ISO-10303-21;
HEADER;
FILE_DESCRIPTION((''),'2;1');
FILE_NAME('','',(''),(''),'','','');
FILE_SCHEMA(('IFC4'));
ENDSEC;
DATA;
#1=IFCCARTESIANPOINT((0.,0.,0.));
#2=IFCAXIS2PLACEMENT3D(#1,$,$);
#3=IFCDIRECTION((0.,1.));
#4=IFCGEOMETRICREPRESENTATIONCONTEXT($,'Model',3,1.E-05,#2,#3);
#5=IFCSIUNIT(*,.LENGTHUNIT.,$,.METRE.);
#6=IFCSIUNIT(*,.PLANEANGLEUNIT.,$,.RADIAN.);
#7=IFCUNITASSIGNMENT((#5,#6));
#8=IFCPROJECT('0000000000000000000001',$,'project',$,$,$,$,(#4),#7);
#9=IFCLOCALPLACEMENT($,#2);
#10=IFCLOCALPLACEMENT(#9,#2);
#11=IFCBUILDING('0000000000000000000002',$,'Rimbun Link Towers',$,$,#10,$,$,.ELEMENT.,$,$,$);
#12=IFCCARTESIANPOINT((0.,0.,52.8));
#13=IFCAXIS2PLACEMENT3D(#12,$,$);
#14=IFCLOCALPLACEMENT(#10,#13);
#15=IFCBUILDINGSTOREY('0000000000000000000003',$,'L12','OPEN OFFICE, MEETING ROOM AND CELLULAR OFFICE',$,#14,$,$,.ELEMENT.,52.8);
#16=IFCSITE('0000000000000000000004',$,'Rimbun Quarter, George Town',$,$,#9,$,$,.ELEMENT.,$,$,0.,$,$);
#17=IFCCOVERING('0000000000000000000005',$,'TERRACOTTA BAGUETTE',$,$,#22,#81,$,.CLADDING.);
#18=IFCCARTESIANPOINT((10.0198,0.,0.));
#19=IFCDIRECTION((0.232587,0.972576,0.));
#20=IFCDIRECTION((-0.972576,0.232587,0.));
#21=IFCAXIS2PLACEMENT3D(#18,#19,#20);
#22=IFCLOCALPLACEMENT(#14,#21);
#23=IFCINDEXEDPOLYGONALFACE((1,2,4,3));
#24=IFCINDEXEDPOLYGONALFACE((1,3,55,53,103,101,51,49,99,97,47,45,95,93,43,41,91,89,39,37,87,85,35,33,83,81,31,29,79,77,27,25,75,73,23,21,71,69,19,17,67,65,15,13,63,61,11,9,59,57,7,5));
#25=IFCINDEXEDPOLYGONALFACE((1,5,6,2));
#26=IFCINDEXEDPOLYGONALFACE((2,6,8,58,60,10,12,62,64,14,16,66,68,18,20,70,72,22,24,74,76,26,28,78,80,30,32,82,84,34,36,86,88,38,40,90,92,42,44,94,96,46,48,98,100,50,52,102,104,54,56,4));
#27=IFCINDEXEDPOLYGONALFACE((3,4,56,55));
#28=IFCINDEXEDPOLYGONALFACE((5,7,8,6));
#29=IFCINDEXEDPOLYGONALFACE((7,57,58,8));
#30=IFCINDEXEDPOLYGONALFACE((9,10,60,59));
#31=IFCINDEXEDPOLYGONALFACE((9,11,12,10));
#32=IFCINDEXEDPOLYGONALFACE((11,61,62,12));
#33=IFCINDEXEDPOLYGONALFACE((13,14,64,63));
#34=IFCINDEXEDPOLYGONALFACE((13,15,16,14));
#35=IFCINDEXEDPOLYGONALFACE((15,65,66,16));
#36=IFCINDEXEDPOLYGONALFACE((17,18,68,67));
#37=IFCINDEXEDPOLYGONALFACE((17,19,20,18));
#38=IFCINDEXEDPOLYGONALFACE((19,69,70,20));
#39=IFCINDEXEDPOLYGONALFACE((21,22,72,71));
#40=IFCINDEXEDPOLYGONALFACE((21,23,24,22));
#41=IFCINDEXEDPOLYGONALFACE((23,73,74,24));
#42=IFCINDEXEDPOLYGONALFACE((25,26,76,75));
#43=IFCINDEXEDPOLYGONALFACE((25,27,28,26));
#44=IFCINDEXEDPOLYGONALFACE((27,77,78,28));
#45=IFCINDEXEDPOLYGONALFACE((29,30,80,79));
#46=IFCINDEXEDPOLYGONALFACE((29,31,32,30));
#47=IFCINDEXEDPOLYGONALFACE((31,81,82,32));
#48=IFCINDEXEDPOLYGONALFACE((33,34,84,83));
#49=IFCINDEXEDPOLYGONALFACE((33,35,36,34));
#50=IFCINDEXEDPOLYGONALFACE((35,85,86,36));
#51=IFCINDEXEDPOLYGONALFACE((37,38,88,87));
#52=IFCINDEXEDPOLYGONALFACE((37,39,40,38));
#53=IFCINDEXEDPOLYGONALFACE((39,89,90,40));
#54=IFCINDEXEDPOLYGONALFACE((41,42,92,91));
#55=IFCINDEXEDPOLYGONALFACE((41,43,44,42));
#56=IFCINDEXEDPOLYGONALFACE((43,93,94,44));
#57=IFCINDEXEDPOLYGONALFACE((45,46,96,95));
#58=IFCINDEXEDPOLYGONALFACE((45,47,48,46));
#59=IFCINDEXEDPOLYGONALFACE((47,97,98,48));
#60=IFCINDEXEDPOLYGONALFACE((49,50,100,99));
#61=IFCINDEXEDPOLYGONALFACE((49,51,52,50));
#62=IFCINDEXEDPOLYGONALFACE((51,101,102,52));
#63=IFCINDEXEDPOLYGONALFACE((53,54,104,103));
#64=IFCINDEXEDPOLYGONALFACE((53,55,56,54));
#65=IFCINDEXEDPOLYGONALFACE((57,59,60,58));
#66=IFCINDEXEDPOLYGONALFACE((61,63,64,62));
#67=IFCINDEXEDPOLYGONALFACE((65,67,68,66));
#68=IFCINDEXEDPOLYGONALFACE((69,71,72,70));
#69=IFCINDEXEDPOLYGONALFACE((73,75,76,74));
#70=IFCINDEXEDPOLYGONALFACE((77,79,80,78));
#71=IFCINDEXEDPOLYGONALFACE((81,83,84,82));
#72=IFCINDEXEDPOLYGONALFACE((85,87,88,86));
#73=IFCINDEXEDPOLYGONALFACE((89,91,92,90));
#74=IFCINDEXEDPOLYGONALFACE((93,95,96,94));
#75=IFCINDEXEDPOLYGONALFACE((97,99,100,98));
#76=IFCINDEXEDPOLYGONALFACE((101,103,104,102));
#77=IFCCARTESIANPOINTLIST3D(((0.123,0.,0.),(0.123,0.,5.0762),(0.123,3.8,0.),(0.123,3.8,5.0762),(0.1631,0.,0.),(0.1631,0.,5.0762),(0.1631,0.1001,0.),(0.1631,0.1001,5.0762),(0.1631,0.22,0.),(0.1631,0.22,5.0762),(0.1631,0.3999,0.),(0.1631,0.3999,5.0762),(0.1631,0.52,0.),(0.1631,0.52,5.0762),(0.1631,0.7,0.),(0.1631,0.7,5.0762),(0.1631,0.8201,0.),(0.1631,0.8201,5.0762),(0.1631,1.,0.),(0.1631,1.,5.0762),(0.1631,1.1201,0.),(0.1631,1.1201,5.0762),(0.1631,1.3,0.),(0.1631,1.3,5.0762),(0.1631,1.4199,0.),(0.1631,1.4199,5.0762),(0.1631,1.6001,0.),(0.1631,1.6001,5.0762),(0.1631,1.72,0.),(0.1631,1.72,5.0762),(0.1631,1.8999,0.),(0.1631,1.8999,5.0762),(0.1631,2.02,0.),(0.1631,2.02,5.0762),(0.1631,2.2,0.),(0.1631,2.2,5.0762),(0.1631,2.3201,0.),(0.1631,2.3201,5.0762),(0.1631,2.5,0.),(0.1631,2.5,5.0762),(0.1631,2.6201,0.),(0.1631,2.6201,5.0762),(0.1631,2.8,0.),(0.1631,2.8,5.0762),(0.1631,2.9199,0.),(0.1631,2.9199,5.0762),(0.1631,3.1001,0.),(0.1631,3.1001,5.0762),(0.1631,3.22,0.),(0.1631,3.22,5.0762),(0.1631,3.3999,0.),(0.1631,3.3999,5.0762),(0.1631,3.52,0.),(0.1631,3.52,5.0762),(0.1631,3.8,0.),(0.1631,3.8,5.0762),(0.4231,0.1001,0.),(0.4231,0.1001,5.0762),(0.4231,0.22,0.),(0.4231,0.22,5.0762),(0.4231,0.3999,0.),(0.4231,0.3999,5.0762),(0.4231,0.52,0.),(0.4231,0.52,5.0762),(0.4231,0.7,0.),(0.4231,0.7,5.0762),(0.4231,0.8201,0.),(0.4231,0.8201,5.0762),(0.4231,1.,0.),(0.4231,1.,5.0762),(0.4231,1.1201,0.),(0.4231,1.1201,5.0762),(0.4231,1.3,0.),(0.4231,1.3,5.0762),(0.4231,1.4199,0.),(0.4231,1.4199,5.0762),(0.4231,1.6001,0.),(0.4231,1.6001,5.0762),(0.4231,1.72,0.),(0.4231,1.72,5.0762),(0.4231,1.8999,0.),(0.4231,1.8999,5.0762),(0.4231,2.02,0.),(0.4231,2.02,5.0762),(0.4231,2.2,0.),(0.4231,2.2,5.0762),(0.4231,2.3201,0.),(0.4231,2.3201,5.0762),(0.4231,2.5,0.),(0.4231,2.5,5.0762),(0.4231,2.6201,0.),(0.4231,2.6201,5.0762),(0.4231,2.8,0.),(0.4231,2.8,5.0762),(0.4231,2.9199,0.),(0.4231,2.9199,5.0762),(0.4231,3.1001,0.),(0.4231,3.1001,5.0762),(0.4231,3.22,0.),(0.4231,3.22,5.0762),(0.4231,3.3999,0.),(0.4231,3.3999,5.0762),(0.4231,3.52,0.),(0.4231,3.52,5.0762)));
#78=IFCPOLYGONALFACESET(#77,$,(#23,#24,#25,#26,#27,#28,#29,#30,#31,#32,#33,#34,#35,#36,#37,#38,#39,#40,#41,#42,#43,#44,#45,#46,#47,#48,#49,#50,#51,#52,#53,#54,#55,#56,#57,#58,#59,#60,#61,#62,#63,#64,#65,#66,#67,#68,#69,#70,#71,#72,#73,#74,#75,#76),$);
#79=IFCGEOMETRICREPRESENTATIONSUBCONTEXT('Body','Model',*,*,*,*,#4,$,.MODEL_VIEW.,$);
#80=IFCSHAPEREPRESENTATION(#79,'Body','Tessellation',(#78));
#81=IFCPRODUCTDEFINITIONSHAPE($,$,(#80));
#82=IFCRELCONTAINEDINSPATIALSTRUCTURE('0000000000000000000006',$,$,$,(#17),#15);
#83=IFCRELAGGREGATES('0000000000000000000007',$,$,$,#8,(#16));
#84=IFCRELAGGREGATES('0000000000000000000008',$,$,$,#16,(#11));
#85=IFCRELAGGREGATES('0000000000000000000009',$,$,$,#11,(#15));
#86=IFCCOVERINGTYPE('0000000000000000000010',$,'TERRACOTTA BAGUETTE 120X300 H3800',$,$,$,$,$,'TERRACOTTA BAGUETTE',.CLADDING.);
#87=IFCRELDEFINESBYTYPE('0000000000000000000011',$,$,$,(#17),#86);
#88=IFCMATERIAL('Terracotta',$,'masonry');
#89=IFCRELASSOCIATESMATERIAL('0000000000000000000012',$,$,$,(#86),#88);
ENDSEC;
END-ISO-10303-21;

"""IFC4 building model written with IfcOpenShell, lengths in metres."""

from ifc_helpers import new_model, si_unit, direction, frame, origin, place, context, subcontext, project, spatial, polyline, outline, extrude, material, material_profile, profile_set, type_object, element, save


model = new_model("IFC4")

# Units and contexts
model_context = context("Model", 3, precision=1e-05, world=origin(), true_north=direction((0.0, 1.0)))
body_context = subcontext(model_context, "Body", "Model", "MODEL_VIEW")
ifc_project = project(units=[si_unit("LENGTHUNIT", "METRE"), si_unit("PLANEANGLEUNIT", "RADIAN")], contexts=[model_context])

# Site, building, storey
site_placement = place(None, origin())
site = spatial("IfcSite", under=ifc_project, at=site_placement, Name="Rimbun Quarter, George Town", CompositionType="ELEMENT", RefElevation=0.0)
building_placement = place(site_placement, origin())
building = spatial("IfcBuilding", under=site, at=building_placement, Name="Rimbun Link Towers", CompositionType="ELEMENT")
storey_placement = place(building_placement, frame((0.0, 0.0, 52.8)))
storey = spatial("IfcBuildingStorey", under=building, at=storey_placement, Name="L12", Description="OPEN OFFICE, MEETING ROOM AND CELLULAR OFFICE", CompositionType="ELEMENT", Elevation=52.8)

# Covering
ifc_material_1 = material(Name="Terracotta", Category="masonry")
ifc_material_profile_1 = material_profile(ifc_material_1, outline(polyline([(0.123, 0.0), (0.1631, 0.0), (0.1631, 0.1001), (0.4231, 0.1001), (0.4231, 0.22), (0.1631, 0.22), (0.1631, 0.3999), (0.4231, 0.3999), (0.4231, 0.52), (0.1631, 0.52), (0.1631, 0.7), (0.4231, 0.7), (0.4231, 0.8201), (0.1631, 0.8201), (0.1631, 1.0), (0.4231, 1.0), (0.4231, 1.1201), (0.1631, 1.1201), (0.1631, 1.3), (0.4231, 1.3), (0.4231, 1.4199), (0.1631, 1.4199), (0.1631, 1.6001), (0.4231, 1.6001), (0.4231, 1.72), (0.1631, 1.72), (0.1631, 1.8999), (0.4231, 1.8999), (0.4231, 2.02), (0.1631, 2.02), (0.1631, 2.2), (0.4231, 2.2), (0.4231, 2.3201), (0.1631, 2.3201), (0.1631, 2.5), (0.4231, 2.5), (0.4231, 2.6201), (0.1631, 2.6201), (0.1631, 2.8), (0.4231, 2.8), (0.4231, 2.9199), (0.1631, 2.9199), (0.1631, 3.1001), (0.4231, 3.1001), (0.4231, 3.22), (0.1631, 3.22), (0.1631, 3.3999), (0.4231, 3.3999), (0.4231, 3.52), (0.1631, 3.52), (0.1631, 3.8), (0.123, 3.8), (0.123, 0.0)])), Name="BAGUETTE 120X300")
ifc_profile_set_1 = profile_set([ifc_material_profile_1], Name="Terracotta")
covering_type_1 = type_object("IfcCoveringType", Name="TERRACOTTA BAGUETTE 120X300 H3800", ElementType="TERRACOTTA BAGUETTE", PredefinedType="CLADDING", material=ifc_profile_set_1)
covering_1_placement = place(storey_placement, frame((10.0198, 0.0, 0.0), z_axis=(0.232587, 0.972576, 0.0), x_axis=(-0.972576, 0.232587, 0.0)))
element("IfcCovering", 1, at=covering_1_placement, inside=storey, type_object=covering_type_1, Name="TERRACOTTA BAGUETTE", PredefinedType="CLADDING", context=body_context, shape_type="SweptSolid", body=[
    extrude(outline(polyline([(0.123, 0.0), (0.1631, 0.0), (0.1631, 0.1001), (0.4231, 0.1001), (0.4231, 0.22), (0.1631, 0.22), (0.1631, 0.3999), (0.4231, 0.3999), (0.4231, 0.52), (0.1631, 0.52), (0.1631, 0.7), (0.4231, 0.7), (0.4231, 0.8201), (0.1631, 0.8201), (0.1631, 1.0), (0.4231, 1.0), (0.4231, 1.1201), (0.1631, 1.1201), (0.1631, 1.3), (0.4231, 1.3), (0.4231, 1.4199), (0.1631, 1.4199), (0.1631, 1.6001), (0.4231, 1.6001), (0.4231, 1.72), (0.1631, 1.72), (0.1631, 1.8999), (0.4231, 1.8999), (0.4231, 2.02), (0.1631, 2.02), (0.1631, 2.2), (0.4231, 2.2), (0.4231, 2.3201), (0.1631, 2.3201), (0.1631, 2.5), (0.4231, 2.5), (0.4231, 2.6201), (0.1631, 2.6201), (0.1631, 2.8), (0.4231, 2.8), (0.4231, 2.9199), (0.1631, 2.9199), (0.1631, 3.1001), (0.4231, 3.1001), (0.4231, 3.22), (0.1631, 3.22), (0.1631, 3.3999), (0.4231, 3.3999), (0.4231, 3.52), (0.1631, 3.52), (0.1631, 3.8), (0.123, 3.8), (0.123, 0.0)])), origin(), (0.0, 0.0, 1.0), 5.0762),
])

save(model, "model.ifc")
